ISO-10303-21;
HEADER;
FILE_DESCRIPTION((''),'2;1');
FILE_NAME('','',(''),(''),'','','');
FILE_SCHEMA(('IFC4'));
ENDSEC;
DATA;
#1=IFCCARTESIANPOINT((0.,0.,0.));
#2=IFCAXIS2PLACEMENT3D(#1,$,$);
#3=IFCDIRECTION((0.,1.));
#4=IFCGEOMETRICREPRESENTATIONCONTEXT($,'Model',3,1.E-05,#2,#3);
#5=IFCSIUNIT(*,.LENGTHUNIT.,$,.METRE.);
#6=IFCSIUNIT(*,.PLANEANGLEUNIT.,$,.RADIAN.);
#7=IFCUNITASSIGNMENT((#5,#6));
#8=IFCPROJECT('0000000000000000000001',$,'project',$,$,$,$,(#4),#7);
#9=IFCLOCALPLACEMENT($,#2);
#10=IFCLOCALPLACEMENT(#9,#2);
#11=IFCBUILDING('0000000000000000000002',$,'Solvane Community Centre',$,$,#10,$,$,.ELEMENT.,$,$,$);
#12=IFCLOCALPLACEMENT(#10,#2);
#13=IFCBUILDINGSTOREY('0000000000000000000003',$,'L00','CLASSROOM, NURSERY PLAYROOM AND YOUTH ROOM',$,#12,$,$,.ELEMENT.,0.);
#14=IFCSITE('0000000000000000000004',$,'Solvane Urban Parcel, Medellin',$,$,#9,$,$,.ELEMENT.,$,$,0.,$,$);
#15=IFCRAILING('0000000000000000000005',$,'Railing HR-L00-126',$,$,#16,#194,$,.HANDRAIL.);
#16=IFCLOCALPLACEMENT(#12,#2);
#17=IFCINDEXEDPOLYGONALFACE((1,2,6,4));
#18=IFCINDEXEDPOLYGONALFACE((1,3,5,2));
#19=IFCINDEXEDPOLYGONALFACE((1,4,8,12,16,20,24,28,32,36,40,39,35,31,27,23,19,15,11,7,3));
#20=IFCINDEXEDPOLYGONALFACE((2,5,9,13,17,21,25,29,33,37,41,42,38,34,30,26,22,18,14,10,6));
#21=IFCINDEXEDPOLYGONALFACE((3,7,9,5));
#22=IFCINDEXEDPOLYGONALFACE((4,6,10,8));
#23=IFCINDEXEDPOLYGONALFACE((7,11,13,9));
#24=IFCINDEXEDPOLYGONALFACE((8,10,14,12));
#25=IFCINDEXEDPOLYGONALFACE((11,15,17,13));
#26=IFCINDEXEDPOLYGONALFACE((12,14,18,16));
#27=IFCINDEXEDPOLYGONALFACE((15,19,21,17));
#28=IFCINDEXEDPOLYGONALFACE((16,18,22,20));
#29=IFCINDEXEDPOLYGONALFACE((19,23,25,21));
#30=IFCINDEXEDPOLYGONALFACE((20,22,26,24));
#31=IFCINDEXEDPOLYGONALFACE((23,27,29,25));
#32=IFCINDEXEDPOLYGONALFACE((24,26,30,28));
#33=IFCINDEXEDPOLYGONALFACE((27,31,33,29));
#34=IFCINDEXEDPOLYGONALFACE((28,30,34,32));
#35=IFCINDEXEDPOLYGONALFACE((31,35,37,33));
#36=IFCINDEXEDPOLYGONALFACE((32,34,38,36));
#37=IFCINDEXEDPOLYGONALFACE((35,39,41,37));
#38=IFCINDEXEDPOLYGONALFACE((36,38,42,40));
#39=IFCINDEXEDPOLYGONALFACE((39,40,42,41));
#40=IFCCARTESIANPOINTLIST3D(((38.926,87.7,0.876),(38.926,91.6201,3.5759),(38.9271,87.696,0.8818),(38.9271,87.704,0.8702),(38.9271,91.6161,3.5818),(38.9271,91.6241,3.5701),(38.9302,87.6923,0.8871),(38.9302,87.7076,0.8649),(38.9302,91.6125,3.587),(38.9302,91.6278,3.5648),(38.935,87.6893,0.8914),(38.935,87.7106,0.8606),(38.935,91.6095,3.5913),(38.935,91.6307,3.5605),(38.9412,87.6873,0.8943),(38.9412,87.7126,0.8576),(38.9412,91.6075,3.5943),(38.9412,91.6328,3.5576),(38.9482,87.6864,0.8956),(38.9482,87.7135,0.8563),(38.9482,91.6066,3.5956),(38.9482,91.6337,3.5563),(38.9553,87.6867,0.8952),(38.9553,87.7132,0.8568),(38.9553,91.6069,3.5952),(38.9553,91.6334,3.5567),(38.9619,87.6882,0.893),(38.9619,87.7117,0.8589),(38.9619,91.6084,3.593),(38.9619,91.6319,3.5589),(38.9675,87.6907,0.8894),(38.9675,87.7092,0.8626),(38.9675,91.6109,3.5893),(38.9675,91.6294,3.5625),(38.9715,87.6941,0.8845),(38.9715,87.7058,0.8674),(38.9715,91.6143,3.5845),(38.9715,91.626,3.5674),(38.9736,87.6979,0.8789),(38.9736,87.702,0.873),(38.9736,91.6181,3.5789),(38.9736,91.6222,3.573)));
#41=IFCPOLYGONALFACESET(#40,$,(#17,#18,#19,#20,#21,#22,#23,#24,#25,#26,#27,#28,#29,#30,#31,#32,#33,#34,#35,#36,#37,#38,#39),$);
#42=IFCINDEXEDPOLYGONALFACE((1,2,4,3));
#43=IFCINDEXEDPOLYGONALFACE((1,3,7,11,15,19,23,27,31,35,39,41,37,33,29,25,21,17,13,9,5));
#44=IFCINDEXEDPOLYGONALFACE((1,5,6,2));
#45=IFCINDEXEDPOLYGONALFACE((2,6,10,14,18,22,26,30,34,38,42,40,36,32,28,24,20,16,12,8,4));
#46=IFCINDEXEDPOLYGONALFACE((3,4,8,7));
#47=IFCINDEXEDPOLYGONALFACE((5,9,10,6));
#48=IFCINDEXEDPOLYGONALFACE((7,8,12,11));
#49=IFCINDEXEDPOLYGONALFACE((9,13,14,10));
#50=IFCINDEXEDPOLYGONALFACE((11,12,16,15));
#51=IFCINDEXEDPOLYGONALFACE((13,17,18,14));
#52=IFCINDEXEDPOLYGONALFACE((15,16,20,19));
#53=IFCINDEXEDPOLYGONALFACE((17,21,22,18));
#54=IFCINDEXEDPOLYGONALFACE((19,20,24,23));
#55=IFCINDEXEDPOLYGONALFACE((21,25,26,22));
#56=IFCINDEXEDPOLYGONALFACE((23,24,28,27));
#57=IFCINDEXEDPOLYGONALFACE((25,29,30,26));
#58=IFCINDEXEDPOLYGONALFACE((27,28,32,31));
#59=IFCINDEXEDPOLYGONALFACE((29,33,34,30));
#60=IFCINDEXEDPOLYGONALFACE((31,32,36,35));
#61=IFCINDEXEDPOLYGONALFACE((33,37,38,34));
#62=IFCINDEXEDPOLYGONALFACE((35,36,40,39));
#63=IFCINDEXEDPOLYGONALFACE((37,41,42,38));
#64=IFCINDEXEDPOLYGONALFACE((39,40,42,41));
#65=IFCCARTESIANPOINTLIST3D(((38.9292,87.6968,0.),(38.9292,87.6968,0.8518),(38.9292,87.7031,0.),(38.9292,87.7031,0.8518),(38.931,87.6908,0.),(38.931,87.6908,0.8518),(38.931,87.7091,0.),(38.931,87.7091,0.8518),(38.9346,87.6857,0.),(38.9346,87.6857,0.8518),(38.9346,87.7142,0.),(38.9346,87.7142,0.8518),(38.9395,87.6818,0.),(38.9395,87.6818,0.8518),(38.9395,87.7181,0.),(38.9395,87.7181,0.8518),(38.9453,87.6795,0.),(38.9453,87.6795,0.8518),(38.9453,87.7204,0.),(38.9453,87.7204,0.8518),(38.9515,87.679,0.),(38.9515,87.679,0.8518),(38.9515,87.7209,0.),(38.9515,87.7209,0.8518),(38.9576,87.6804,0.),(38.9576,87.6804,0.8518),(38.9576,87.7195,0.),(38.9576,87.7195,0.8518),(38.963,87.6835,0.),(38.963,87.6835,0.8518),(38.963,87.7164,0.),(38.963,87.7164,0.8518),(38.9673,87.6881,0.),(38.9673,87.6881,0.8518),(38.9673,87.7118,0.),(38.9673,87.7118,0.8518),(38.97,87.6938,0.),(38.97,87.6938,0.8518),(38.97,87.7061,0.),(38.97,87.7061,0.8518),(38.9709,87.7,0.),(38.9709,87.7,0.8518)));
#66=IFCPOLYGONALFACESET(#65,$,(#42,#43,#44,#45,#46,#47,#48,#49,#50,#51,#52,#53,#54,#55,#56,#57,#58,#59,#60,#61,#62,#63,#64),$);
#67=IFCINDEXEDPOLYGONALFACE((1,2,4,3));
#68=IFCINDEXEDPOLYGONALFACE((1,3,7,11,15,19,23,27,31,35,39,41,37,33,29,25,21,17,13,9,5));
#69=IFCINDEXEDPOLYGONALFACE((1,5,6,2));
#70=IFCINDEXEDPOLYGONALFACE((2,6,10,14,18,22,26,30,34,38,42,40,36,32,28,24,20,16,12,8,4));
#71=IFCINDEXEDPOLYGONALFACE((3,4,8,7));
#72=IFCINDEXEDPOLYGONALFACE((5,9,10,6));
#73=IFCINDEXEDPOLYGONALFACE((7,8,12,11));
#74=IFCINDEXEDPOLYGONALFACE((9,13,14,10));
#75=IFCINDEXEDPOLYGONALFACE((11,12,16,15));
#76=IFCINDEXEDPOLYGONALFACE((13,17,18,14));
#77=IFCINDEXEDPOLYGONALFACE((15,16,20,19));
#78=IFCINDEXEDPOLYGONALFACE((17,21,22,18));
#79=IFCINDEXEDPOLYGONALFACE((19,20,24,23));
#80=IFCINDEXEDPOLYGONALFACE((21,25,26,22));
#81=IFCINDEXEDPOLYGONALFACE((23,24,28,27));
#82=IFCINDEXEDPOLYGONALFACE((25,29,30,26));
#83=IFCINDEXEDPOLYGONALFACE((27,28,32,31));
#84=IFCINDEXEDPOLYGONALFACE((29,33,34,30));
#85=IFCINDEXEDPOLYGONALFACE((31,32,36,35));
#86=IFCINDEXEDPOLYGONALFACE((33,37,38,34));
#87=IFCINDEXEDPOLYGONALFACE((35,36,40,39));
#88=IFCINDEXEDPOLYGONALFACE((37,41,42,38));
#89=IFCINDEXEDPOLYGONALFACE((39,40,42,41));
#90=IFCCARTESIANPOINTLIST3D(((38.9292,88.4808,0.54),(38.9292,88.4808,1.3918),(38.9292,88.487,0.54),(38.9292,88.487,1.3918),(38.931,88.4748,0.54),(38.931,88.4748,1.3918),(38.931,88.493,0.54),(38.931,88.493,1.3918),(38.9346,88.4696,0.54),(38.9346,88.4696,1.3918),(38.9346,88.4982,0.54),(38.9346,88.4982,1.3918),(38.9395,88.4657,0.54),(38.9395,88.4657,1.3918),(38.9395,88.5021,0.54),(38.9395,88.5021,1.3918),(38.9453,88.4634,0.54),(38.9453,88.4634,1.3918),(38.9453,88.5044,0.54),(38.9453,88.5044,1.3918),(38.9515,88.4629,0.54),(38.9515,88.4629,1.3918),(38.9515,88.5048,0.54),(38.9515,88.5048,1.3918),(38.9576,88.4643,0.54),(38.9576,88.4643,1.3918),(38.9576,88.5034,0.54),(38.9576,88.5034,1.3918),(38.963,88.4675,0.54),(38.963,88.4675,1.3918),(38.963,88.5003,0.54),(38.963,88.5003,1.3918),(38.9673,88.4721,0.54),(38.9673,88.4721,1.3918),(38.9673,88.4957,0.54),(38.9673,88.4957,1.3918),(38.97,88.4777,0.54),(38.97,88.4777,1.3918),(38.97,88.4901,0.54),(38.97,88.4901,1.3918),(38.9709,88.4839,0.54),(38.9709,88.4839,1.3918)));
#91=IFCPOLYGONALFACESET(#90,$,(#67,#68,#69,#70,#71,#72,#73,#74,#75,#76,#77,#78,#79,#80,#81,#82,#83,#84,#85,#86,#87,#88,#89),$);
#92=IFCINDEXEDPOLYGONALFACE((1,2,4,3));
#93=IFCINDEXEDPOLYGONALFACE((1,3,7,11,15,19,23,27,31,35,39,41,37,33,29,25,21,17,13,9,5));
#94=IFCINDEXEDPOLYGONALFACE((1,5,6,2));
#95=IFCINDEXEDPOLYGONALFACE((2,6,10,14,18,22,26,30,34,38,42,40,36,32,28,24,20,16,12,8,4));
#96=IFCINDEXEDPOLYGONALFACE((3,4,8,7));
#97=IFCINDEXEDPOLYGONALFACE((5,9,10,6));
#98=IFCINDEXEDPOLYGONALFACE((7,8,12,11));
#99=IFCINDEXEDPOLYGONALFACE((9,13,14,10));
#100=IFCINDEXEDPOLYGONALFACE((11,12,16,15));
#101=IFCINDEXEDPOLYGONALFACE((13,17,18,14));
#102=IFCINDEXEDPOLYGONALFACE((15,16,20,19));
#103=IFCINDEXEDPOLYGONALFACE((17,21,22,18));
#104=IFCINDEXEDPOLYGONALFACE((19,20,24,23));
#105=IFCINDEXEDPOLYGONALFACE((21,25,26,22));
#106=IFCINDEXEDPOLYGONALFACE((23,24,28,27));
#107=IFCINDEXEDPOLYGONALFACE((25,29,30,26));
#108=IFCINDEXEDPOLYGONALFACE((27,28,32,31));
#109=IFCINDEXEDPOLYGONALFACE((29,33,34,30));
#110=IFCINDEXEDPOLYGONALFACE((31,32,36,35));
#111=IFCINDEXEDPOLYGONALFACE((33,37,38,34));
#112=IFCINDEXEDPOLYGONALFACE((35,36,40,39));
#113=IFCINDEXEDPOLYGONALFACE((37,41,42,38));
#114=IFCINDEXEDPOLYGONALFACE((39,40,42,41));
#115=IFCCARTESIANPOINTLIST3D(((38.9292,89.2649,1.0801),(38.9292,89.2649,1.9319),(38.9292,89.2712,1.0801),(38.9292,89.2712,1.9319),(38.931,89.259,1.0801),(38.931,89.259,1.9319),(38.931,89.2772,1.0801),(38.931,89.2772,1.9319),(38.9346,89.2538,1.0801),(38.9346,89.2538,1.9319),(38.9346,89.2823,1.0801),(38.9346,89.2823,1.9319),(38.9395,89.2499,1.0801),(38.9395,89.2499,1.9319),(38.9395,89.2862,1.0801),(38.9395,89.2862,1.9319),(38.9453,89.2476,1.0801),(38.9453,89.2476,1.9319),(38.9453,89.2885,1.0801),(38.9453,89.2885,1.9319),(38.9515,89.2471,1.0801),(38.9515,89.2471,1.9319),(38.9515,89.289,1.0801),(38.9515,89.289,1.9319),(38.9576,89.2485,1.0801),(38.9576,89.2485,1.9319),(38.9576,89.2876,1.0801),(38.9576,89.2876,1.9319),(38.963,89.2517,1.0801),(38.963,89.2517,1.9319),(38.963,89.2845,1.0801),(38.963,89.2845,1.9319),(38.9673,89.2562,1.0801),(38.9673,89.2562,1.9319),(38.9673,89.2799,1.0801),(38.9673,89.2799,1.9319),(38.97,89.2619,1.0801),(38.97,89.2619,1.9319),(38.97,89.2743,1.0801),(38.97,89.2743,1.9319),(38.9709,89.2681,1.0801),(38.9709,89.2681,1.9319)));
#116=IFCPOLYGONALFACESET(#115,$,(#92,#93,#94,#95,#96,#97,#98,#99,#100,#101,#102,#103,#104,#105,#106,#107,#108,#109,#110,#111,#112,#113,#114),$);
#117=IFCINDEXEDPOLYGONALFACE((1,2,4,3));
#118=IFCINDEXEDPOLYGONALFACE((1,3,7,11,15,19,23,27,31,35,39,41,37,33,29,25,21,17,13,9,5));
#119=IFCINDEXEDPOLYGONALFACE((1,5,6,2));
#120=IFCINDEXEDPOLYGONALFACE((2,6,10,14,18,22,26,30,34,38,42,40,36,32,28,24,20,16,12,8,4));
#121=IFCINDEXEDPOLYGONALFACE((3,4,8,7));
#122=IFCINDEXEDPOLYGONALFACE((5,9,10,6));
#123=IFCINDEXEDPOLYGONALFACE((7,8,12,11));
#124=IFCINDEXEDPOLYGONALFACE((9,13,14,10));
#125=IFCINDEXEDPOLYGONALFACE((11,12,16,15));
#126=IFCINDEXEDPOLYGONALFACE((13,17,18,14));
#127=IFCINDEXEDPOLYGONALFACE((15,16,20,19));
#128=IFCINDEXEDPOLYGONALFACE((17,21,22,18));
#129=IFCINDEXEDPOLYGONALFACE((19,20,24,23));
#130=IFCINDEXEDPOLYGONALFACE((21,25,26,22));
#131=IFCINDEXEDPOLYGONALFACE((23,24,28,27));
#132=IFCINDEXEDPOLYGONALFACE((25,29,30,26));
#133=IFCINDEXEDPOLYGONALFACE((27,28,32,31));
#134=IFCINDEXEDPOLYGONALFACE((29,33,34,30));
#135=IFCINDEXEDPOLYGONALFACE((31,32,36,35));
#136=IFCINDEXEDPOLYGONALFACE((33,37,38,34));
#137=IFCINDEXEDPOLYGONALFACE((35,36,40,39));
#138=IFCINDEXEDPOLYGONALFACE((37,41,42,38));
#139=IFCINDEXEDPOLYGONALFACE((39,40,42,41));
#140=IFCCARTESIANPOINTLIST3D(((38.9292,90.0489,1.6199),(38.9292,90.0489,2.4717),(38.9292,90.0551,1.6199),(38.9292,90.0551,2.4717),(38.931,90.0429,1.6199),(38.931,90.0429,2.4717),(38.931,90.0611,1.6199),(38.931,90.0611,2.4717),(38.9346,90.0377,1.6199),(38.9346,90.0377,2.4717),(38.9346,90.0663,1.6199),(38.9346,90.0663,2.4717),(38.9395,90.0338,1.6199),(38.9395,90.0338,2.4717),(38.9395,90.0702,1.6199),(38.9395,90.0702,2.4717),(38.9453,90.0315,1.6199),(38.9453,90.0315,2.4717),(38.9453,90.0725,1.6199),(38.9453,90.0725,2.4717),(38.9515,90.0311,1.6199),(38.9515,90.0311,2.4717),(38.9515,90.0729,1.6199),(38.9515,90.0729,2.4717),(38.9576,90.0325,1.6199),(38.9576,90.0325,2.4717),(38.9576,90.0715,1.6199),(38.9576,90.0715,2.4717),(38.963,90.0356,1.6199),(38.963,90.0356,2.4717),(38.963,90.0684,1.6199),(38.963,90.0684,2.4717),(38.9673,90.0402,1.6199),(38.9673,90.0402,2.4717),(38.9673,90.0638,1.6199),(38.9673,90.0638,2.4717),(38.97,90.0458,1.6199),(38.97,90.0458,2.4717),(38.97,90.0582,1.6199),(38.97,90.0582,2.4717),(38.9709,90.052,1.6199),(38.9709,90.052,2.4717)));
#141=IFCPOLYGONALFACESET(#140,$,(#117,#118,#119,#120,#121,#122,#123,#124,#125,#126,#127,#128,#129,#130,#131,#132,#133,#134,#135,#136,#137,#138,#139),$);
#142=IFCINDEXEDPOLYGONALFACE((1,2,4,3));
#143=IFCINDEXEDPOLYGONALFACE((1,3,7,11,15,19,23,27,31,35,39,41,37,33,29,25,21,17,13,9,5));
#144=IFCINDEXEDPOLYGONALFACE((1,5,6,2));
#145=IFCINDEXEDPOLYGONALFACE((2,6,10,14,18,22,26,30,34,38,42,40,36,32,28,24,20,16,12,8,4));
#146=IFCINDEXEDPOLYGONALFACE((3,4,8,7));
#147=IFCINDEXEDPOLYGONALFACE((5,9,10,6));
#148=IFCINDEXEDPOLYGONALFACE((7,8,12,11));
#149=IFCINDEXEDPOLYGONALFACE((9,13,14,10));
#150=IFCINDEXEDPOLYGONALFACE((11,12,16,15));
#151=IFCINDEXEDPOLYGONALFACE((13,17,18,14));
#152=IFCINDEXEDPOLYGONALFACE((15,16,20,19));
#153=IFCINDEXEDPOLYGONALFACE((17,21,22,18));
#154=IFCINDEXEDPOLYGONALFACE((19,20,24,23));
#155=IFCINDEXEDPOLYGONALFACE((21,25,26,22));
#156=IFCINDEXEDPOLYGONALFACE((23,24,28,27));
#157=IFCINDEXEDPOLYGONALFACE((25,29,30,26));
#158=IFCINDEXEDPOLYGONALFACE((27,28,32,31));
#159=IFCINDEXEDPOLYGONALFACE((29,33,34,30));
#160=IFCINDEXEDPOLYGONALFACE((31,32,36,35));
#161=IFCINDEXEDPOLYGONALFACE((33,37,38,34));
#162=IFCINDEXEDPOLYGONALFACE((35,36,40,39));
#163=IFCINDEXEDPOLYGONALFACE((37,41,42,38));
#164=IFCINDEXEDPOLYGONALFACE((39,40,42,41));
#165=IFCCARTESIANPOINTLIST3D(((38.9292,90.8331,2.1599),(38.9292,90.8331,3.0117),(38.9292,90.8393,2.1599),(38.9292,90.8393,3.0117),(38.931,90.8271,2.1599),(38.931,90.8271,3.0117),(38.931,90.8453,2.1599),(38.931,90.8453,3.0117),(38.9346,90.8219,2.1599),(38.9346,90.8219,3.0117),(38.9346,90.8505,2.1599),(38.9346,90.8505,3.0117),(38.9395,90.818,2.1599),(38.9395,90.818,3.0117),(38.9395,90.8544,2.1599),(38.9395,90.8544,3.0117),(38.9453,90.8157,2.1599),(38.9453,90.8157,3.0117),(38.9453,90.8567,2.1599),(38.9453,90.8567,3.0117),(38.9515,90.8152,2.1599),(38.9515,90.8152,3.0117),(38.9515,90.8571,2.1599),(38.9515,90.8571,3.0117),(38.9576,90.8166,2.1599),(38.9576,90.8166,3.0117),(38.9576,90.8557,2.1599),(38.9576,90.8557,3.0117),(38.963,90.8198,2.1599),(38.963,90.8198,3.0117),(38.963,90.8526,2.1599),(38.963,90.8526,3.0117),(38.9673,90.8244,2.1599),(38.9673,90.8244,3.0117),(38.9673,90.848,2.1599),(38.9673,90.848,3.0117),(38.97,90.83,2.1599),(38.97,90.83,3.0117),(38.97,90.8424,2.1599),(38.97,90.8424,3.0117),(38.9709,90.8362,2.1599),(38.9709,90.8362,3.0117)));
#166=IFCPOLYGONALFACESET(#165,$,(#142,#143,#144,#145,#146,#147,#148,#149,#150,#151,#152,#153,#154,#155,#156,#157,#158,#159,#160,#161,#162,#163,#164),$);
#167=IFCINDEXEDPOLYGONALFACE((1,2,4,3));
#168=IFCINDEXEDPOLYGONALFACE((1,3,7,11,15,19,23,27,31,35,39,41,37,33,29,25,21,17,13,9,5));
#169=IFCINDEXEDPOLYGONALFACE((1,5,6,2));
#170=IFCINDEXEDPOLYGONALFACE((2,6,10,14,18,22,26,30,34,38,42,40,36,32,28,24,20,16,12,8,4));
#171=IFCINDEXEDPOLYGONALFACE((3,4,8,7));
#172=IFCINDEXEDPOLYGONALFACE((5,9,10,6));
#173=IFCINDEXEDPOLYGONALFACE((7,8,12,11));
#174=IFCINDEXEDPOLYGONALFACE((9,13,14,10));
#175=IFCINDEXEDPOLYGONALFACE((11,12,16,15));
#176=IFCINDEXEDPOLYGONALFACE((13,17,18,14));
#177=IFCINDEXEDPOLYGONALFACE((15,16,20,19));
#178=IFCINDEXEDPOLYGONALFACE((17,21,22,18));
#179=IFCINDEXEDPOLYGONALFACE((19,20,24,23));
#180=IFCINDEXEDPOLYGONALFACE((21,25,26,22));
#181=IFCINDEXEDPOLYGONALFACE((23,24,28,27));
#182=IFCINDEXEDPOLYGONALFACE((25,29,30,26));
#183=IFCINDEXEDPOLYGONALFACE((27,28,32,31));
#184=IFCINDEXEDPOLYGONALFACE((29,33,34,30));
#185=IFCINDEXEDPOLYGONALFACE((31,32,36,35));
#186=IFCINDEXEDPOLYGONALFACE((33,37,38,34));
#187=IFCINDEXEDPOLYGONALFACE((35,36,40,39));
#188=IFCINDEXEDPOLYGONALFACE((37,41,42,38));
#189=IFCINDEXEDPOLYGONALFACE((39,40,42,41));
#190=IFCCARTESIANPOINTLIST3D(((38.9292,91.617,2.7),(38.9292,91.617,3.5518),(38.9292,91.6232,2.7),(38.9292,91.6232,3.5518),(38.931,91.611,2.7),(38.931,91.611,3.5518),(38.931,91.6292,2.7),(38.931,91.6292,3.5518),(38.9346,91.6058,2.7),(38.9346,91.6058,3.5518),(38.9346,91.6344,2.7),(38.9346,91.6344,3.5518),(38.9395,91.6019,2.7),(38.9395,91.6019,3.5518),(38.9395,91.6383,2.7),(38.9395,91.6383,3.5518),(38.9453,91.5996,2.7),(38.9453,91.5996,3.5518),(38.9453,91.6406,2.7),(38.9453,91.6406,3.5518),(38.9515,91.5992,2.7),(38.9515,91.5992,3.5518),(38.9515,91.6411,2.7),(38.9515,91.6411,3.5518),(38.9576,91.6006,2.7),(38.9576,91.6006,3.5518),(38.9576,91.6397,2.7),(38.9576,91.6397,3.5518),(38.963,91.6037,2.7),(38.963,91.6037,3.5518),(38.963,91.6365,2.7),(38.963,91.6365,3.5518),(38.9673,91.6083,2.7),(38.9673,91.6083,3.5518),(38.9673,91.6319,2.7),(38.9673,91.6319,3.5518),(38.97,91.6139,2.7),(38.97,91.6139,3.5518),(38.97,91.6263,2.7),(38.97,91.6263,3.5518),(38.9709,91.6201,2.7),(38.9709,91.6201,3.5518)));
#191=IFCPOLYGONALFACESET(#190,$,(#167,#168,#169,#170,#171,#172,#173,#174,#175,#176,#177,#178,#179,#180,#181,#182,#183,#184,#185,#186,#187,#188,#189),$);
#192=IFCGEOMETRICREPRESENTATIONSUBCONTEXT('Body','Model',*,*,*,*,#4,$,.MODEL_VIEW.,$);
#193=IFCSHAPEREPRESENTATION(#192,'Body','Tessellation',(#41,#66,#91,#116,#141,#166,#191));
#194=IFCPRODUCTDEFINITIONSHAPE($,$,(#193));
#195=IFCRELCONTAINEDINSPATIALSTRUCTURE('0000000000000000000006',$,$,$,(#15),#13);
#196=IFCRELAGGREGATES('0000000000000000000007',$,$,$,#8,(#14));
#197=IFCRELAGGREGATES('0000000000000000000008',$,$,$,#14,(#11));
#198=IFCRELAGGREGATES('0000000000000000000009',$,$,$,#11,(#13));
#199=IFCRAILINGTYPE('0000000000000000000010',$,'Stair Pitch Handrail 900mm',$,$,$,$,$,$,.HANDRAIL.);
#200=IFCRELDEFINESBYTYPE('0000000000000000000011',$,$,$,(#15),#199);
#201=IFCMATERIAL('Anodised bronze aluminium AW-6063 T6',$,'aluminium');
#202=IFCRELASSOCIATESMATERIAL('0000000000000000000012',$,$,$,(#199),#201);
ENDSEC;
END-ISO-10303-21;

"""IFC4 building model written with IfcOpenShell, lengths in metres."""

from ifc_helpers import new_model, si_unit, direction, frame, origin, origin_2d, place, context, subcontext, project, spatial, circle, extrude, material, type_object, element, save


model = new_model("IFC4")

# Units and contexts
model_context = context("Model", 3, precision=1e-05, world=origin(), true_north=direction((0.0, 1.0)))
body_context = subcontext(model_context, "Body", "Model", "MODEL_VIEW")
ifc_project = project(units=[si_unit("LENGTHUNIT", "METRE"), si_unit("PLANEANGLEUNIT", "RADIAN")], contexts=[model_context])

# Site, building, storey
site_placement = place(None, origin())
site = spatial("IfcSite", under=ifc_project, at=site_placement, Name="Solvane Urban Parcel, Medellin", CompositionType="ELEMENT", RefElevation=0.0)
building_placement = place(site_placement, origin())
building = spatial("IfcBuilding", under=site, at=building_placement, Name="Solvane Community Centre", CompositionType="ELEMENT")
storey_placement = place(building_placement, origin())
storey = spatial("IfcBuildingStorey", under=building, at=storey_placement, Name="L00", Description="CLASSROOM, NURSERY PLAYROOM AND YOUTH ROOM", CompositionType="ELEMENT", Elevation=0.0)

# Railing
ifc_material_1 = material(Name="Anodised bronze aluminium AW-6063 T6", Category="aluminium")
railing_type = type_object("IfcRailingType", Name="Stair Pitch Handrail 900mm", PredefinedType="HANDRAIL", material=ifc_material_1)
railing_1_placement = place(storey_placement, frame((38.95, 87.7, 0.0)))
element("IfcRailing", 1, at=railing_1_placement, inside=storey, type_object=railing_type, Name="Railing HR-L00-126", PredefinedType="HANDRAIL", context=body_context, shape_type="SweptSolid", body=[
    extrude(circle(Radius=0.0239, at=origin_2d()), frame((0.0, 0.0, 0.876), z_axis=(0.0, 0.823567, 0.567219), x_axis=(-1.0, 0.0, 0.0)), (0.0, 0.0, 1.0), 4.76),
    extrude(circle(Radius=0.021, at=origin_2d()), origin(), (0.0, 0.0, 1.0), 0.8518),
    extrude(circle(Radius=0.021, at=origin_2d()), frame((0.0, 0.7839, 0.54)), (0.0, 0.0, 1.0), 0.8518),
    extrude(circle(Radius=0.021, at=origin_2d()), frame((0.0, 1.5681, 1.0801)), (0.0, 0.0, 1.0), 0.8518),
    extrude(circle(Radius=0.021, at=origin_2d()), frame((0.0, 2.3521, 1.6199)), (0.0, 0.0, 1.0), 0.8518),
    extrude(circle(Radius=0.021, at=origin_2d()), frame((0.0, 3.1362, 2.1599)), (0.0, 0.0, 1.0), 0.8518),
    extrude(circle(Radius=0.021, at=origin_2d()), frame((0.0, 3.9202, 2.7)), (0.0, 0.0, 1.0), 0.8518),
])

save(model, "model.ifc")
